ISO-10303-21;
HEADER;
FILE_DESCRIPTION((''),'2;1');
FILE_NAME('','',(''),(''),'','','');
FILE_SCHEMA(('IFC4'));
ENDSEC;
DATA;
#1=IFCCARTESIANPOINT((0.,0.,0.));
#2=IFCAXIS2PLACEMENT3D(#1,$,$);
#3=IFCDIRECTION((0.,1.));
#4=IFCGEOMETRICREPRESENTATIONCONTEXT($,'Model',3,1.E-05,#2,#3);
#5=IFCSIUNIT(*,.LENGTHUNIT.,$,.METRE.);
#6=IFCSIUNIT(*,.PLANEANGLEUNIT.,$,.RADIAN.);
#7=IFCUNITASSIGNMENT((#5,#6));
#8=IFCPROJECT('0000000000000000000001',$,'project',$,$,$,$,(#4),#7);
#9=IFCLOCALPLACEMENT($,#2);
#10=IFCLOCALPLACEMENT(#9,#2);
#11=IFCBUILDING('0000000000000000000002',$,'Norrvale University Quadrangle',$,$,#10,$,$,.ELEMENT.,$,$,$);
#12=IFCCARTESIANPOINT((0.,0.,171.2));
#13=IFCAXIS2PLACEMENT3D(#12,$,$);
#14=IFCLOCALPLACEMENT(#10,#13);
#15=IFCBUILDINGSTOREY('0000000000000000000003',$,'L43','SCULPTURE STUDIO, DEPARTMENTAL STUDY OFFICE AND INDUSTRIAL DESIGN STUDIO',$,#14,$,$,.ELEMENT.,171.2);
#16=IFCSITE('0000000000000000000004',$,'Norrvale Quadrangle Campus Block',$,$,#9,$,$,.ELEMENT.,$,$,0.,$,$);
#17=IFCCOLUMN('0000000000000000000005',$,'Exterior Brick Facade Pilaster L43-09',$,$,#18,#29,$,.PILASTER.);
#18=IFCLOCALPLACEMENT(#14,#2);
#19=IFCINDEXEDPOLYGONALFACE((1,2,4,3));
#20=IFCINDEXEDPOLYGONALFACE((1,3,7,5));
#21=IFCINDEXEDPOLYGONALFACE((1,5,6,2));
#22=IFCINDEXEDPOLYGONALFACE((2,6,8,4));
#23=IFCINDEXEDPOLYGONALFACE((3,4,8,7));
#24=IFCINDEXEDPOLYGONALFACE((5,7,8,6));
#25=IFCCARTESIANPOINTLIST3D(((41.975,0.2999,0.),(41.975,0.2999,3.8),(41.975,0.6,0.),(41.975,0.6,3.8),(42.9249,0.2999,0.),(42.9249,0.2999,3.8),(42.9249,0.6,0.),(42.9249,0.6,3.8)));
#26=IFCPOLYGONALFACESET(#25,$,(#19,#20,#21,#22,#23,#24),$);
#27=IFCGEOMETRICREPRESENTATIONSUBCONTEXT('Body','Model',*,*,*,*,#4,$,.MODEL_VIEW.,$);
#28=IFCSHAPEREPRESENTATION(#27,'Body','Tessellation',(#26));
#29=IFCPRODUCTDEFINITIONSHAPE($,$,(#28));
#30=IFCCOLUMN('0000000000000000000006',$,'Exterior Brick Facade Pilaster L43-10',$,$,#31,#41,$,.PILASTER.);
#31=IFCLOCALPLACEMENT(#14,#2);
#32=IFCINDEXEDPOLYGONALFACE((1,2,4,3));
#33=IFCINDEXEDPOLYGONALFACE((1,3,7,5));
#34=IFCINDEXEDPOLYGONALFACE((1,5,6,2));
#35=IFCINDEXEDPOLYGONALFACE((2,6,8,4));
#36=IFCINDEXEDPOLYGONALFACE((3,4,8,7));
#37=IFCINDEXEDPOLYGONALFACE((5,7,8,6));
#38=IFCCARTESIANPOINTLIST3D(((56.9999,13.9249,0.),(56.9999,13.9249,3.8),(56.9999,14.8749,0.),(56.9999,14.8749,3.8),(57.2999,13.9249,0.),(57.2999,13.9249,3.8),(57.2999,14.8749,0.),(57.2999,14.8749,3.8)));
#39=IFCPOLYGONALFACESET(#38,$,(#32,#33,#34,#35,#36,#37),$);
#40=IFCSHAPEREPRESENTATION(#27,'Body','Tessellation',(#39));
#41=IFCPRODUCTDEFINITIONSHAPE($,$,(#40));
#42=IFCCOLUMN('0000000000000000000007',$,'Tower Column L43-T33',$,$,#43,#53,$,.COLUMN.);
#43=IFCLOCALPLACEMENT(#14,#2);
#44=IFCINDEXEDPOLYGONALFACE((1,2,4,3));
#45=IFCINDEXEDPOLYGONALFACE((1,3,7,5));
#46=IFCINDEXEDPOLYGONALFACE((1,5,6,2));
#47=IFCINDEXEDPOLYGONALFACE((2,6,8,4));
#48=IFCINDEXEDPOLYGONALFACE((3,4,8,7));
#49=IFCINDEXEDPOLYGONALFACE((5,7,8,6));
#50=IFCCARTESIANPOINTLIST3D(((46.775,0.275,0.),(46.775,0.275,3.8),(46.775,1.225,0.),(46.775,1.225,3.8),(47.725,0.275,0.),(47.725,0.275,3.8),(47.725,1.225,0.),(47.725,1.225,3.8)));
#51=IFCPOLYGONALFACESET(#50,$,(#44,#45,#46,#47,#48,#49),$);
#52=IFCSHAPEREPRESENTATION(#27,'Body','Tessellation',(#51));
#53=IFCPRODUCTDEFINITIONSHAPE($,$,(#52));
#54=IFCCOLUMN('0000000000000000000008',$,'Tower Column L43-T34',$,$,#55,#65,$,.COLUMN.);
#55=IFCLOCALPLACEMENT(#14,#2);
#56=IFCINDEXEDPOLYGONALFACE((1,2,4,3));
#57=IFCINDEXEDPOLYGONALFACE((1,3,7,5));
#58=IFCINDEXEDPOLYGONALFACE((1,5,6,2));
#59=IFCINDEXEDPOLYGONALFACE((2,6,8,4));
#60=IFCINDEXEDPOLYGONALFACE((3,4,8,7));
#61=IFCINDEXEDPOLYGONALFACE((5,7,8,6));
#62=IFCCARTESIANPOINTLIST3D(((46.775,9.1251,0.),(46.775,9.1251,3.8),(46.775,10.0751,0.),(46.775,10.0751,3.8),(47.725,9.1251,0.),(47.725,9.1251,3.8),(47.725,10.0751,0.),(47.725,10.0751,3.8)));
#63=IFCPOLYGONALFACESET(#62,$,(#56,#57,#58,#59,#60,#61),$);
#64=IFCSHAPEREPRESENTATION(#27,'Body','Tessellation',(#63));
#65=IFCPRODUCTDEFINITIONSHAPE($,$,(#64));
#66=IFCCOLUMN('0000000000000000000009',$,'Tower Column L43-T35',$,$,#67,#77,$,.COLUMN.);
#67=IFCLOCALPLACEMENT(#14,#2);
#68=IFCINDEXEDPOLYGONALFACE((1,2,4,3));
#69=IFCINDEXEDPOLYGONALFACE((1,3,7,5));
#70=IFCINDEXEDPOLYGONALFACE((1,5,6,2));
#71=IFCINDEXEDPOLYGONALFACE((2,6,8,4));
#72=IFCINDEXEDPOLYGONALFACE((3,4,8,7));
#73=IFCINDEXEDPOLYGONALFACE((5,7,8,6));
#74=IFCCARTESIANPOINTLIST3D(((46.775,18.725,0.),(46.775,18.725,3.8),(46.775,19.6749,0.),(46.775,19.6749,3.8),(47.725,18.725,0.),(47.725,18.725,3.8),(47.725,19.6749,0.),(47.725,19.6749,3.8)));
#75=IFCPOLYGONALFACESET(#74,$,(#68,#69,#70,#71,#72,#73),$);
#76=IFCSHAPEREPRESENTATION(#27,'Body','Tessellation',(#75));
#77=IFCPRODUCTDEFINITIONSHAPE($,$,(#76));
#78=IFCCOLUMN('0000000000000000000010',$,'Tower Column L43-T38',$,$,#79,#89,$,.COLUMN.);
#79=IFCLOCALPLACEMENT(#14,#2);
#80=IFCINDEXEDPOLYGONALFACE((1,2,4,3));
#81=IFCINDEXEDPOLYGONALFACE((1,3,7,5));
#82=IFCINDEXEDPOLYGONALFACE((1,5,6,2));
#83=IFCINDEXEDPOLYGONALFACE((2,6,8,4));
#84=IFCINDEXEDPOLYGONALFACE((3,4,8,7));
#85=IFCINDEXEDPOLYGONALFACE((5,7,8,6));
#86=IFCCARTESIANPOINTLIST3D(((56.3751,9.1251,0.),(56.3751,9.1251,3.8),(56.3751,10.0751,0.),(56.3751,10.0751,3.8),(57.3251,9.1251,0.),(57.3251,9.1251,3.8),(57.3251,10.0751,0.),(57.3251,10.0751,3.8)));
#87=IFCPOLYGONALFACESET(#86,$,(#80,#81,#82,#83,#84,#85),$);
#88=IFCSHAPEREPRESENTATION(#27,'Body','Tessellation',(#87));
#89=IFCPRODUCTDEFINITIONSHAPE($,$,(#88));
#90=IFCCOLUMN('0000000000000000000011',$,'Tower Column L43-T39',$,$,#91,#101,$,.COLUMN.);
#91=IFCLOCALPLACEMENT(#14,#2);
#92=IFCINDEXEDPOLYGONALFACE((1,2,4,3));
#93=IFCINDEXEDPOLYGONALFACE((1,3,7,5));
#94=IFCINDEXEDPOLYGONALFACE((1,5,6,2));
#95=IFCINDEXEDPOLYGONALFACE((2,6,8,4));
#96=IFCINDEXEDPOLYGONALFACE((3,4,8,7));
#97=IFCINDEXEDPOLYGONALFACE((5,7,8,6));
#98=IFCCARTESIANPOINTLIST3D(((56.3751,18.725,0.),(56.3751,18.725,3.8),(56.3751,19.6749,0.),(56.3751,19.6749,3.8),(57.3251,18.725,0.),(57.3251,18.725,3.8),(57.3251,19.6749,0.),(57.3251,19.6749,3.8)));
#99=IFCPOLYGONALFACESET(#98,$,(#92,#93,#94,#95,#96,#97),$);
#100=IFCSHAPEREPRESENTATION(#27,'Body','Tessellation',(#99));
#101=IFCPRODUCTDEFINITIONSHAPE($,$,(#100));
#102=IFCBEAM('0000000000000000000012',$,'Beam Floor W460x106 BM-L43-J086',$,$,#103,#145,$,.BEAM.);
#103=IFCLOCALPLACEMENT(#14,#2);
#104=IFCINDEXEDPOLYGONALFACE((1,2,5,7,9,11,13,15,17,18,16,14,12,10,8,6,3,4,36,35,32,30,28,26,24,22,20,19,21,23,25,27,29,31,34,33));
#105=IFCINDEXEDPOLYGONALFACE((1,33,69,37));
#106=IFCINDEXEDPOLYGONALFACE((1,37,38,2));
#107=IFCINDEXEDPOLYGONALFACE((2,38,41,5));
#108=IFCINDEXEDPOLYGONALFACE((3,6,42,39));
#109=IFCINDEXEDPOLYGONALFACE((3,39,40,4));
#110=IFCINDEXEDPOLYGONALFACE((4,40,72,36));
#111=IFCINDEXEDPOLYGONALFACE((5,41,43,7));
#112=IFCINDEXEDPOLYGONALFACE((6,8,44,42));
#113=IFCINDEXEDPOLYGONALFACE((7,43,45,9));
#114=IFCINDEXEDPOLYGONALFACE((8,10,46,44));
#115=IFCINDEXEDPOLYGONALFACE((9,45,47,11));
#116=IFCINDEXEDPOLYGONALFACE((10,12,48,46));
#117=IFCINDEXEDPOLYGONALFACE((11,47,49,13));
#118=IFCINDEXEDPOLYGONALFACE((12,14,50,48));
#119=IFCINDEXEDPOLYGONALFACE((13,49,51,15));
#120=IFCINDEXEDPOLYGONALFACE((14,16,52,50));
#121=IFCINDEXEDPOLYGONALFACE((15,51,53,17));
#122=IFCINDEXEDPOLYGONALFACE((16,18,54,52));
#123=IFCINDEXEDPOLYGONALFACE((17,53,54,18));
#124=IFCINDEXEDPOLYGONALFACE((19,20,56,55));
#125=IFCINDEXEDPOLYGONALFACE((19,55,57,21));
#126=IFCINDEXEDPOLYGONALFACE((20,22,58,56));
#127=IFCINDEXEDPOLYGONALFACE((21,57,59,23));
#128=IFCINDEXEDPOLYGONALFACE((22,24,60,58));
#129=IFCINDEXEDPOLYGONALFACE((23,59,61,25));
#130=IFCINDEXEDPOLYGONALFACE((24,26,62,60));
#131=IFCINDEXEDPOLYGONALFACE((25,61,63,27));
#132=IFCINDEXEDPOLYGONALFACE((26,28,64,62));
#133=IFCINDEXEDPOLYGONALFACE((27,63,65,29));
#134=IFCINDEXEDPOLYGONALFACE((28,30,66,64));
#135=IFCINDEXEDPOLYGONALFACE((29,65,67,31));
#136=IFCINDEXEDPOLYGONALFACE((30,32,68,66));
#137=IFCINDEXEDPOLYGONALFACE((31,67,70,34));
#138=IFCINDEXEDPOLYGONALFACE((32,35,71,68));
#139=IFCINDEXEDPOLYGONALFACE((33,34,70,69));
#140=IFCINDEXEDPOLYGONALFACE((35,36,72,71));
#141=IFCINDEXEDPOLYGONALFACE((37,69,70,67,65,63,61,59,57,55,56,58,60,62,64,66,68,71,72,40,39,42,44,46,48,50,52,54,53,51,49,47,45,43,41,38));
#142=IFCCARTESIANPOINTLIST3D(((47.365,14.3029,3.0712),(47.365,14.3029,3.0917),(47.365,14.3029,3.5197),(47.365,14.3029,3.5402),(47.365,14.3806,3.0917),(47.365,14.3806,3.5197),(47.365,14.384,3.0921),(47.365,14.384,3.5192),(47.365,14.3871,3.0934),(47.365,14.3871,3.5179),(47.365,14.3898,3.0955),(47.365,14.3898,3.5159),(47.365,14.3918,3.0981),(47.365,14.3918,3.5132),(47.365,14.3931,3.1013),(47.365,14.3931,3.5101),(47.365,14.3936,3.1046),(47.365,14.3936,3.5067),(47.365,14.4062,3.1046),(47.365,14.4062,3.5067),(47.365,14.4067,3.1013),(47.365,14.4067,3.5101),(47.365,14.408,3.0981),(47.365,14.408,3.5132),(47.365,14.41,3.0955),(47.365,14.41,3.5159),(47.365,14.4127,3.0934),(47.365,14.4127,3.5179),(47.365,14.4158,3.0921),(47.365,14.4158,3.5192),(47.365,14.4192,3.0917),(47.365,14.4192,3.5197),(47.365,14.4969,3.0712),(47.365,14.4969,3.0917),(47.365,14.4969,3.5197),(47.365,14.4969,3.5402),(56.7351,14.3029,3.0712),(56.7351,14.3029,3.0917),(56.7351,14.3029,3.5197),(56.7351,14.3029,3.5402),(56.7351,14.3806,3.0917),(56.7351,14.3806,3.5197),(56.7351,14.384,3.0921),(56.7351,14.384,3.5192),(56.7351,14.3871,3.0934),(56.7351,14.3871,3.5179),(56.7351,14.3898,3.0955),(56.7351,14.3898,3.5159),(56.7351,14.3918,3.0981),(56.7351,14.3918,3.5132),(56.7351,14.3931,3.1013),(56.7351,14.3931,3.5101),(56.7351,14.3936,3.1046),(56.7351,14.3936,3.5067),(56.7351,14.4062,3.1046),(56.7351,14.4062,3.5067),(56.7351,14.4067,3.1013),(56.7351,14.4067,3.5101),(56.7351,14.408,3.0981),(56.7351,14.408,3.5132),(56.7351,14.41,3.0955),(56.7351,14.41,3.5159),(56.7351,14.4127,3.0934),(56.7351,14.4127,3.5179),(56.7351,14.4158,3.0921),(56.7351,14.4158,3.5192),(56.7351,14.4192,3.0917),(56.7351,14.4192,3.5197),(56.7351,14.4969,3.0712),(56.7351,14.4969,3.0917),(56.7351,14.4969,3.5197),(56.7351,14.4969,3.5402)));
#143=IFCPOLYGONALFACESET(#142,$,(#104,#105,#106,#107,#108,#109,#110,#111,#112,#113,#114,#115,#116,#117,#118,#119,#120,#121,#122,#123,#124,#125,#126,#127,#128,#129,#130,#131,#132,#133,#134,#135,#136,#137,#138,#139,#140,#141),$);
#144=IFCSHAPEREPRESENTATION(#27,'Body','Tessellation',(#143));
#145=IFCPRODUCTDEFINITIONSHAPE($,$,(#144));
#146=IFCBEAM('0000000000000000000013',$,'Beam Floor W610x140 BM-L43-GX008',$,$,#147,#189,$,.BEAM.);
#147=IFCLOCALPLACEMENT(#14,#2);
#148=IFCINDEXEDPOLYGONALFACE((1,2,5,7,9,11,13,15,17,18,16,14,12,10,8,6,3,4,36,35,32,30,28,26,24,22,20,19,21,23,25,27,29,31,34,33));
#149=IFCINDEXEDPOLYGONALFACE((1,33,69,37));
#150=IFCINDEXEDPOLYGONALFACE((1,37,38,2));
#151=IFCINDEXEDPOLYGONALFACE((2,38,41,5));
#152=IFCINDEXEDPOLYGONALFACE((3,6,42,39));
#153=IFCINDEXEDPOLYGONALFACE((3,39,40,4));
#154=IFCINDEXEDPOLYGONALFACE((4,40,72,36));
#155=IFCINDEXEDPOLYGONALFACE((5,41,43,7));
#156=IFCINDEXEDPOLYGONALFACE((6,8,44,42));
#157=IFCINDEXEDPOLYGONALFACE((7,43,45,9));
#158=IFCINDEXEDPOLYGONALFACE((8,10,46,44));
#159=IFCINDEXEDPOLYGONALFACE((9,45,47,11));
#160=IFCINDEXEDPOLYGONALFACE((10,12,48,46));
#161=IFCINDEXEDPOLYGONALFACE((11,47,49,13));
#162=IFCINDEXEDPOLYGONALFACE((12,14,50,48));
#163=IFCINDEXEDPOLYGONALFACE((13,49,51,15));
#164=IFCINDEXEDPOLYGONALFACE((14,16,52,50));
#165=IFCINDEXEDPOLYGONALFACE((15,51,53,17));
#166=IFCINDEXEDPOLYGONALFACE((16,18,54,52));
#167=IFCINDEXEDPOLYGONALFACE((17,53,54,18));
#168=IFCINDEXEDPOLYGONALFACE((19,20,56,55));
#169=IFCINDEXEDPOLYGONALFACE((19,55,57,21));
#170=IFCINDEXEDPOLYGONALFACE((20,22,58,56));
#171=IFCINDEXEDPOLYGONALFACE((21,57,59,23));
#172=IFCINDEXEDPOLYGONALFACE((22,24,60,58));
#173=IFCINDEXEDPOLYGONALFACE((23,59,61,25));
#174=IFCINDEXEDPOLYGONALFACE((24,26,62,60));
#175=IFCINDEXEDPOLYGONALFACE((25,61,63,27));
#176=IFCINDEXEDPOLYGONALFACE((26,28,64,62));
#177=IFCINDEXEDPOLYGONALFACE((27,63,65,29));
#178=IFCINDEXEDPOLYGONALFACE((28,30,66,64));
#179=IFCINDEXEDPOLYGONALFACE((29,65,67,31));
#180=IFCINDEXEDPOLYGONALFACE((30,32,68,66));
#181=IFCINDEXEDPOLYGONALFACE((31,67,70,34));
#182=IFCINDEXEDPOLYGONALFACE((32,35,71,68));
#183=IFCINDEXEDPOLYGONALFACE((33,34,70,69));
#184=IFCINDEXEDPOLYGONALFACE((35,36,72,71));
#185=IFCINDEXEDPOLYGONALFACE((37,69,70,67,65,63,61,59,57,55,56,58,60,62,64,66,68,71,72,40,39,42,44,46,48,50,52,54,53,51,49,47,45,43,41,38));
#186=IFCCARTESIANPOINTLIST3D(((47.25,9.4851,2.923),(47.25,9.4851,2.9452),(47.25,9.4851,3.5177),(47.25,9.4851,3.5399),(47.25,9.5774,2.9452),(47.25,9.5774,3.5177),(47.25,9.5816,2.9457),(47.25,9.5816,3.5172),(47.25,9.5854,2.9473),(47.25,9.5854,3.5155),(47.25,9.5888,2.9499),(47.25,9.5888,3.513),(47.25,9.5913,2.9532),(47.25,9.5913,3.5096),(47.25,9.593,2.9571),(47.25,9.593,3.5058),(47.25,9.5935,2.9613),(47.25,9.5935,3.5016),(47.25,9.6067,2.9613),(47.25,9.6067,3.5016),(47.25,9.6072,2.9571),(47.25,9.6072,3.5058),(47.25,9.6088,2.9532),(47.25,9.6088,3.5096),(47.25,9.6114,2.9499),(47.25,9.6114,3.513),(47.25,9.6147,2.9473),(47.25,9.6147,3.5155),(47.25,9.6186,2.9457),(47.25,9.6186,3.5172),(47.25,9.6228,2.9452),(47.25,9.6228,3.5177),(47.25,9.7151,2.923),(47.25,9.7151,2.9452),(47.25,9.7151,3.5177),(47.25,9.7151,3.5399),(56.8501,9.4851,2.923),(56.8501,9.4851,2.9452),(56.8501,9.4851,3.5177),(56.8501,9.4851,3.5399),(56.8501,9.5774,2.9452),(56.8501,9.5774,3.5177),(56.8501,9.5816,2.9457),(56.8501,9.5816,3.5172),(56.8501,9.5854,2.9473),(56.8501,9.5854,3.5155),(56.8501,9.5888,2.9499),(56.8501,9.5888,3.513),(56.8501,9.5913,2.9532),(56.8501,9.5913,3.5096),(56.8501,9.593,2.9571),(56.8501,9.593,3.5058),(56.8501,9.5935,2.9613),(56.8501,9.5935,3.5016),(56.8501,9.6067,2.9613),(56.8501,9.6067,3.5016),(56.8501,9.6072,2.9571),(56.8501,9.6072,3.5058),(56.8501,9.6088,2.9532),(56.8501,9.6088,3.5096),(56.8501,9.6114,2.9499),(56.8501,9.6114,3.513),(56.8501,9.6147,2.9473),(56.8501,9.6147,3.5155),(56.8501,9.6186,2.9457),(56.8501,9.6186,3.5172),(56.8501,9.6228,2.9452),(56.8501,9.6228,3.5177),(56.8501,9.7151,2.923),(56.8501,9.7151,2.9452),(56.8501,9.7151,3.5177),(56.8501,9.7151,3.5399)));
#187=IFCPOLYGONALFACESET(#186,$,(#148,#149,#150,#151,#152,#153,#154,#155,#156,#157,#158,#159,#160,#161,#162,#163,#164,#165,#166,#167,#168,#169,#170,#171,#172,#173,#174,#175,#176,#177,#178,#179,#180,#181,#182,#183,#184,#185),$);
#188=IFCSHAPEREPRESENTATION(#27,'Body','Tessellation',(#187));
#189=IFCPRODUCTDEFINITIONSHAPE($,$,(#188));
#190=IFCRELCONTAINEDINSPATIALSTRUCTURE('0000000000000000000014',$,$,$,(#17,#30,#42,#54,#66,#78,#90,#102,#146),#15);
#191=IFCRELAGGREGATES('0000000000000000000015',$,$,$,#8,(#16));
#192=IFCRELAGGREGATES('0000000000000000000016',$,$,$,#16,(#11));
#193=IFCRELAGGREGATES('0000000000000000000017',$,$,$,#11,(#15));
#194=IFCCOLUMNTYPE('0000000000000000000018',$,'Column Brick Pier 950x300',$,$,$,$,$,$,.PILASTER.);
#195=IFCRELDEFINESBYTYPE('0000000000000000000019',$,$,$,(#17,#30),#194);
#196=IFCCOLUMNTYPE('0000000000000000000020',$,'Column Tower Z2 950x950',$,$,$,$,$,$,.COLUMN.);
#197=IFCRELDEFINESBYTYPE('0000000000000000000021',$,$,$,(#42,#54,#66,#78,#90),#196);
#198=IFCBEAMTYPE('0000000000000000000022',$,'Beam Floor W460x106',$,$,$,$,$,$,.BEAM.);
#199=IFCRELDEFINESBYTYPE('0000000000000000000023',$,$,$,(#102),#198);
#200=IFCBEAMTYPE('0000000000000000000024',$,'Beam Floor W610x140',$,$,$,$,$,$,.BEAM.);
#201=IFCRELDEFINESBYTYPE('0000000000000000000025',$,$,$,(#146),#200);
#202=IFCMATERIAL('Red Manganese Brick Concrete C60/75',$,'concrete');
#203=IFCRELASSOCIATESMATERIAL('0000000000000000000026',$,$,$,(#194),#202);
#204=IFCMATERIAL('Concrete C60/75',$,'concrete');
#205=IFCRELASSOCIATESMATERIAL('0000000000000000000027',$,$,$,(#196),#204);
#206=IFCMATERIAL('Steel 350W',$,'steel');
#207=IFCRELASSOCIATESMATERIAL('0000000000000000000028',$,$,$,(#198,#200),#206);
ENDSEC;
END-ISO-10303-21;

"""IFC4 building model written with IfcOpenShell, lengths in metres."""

from ifc_helpers import new_model, si_unit, direction, frame, origin, origin_2d, place, context, subcontext, project, spatial, rectangle, i_section, extrude, material, material_profile, profile_set, type_object, element, save


model = new_model("IFC4")

# Units and contexts
model_context = context("Model", 3, precision=1e-05, world=origin(), true_north=direction((0.0, 1.0)))
body_context = subcontext(model_context, "Body", "Model", "MODEL_VIEW")
ifc_project = project(units=[si_unit("LENGTHUNIT", "METRE"), si_unit("PLANEANGLEUNIT", "RADIAN")], contexts=[model_context])

# Site, building, storey
site_placement = place(None, origin())
site = spatial("IfcSite", under=ifc_project, at=site_placement, Name="Norrvale Quadrangle Campus Block", CompositionType="ELEMENT", RefElevation=0.0)
building_placement = place(site_placement, origin())
building = spatial("IfcBuilding", under=site, at=building_placement, Name="Norrvale University Quadrangle", CompositionType="ELEMENT")
storey_placement = place(building_placement, frame((0.0, 0.0, 171.2)))
storey = spatial("IfcBuildingStorey", under=building, at=storey_placement, Name="L43", Description="SCULPTURE STUDIO, DEPARTMENTAL STUDY OFFICE AND INDUSTRIAL DESIGN STUDIO", CompositionType="ELEMENT", Elevation=171.2)

# Columns
ifc_material_1 = material(Name="Red Manganese Brick Concrete C60/75", Category="concrete")
ifc_material_profile_1 = material_profile(ifc_material_1, rectangle(XDim=0.95, YDim=0.3, at=origin_2d()), Name="Red Manganese Brick Concrete C60/75")
ifc_profile_set_1 = profile_set([ifc_material_profile_1], Name="Red Manganese Brick Concrete C60/75")
column_type_1 = type_object("IfcColumnType", Name="Column Brick Pier 950x300", PredefinedType="PILASTER", material=ifc_profile_set_1)
for number, where, z_axis, x_axis, name in (
    (1, (42.45, 0.45, 0.0), (0.0, 0.0, 1.0), (1.0, 0.0, 0.0), "Exterior Brick Facade Pilaster L43-09"),
    (2, (57.1499, 14.3999, 0.0), (0.0, 0.0, 1.0), (0.0, 1.0, 0.0), "Exterior Brick Facade Pilaster L43-10"),
):
    element("IfcColumn", number, at=place(storey_placement, frame(where, z_axis=z_axis, x_axis=x_axis)), inside=storey, type_object=column_type_1, Name=name, PredefinedType="PILASTER", context=body_context, shape_type="SweptSolid", body=[
        extrude(rectangle(XDim=0.95, YDim=0.3, at=origin_2d()), origin(), (0.0, 0.0, 1.0), 3.8),
    ])
ifc_material_2 = material(Name="Concrete C60/75", Category="concrete")
ifc_material_profile_2 = material_profile(ifc_material_2, rectangle(XDim=0.95, YDim=0.95, at=origin_2d()), Name="Concrete C60/75")
ifc_profile_set_2 = profile_set([ifc_material_profile_2], Name="Concrete C60/75")
column_type_2 = type_object("IfcColumnType", Name="Column Tower Z2 950x950", PredefinedType="COLUMN", material=ifc_profile_set_2)
for number, where, z_axis, x_axis, name in (
    (3, (47.25, 0.75, 0.0), (0.0, 0.0, 1.0), (1.0, 0.0, 0.0), "Tower Column L43-T33"),
    (4, (47.25, 9.6001, 0.0), (0.0, 0.0, 1.0), (1.0, 0.0, 0.0), "Tower Column L43-T34"),
    (5, (47.25, 19.2, 0.0), (0.0, 0.0, 1.0), (1.0, 0.0, 0.0), "Tower Column L43-T35"),
    (6, (56.8501, 9.6001, 0.0), (0.0, 0.0, 1.0), (1.0, 0.0, 0.0), "Tower Column L43-T38"),
    (7, (56.8501, 19.2, 0.0), (0.0, 0.0, 1.0), (1.0, 0.0, 0.0), "Tower Column L43-T39"),
):
    element("IfcColumn", number, at=place(storey_placement, frame(where, z_axis=z_axis, x_axis=x_axis)), inside=storey, type_object=column_type_2, Name=name, PredefinedType="COLUMN", context=body_context, shape_type="SweptSolid", body=[
        extrude(rectangle(XDim=0.95, YDim=0.95, at=origin_2d()), origin(), (0.0, 0.0, 1.0), 3.8),
    ])

# Beams
ifc_material_3 = material(Name="Steel 350W", Category="steel")
ifc_material_profile_3 = material_profile(ifc_material_3, i_section(OverallWidth=0.1941, OverallDepth=0.469, WebThickness=0.0127, FlangeThickness=0.0205, FilletRadius=0.0129, at=origin_2d()), Name="Steel 350W")
ifc_profile_set_3 = profile_set([ifc_material_profile_3], Name="Steel 350W")
beam_type_1 = type_object("IfcBeamType", Name="Beam Floor W460x106", PredefinedType="BEAM", material=ifc_profile_set_3)
beam_1_placement = place(storey_placement, frame((47.365, 14.3999, 3.3057), z_axis=(1.0, 0.0, 0.0), x_axis=(0.0, 1.0, 0.0)))
element("IfcBeam", 8, at=beam_1_placement, inside=storey, type_object=beam_type_1, Name="Beam Floor W460x106 BM-L43-J086", PredefinedType="BEAM", context=body_context, shape_type="SweptSolid", body=[
    extrude(i_section(OverallWidth=0.1941, OverallDepth=0.469, WebThickness=0.0127, FlangeThickness=0.0205, FilletRadius=0.0129, at=origin_2d()), origin(), (0.0, 0.0, 1.0), 9.3701),
])
ifc_material_profile_4 = material_profile(ifc_material_3, i_section(OverallWidth=0.23, OverallDepth=0.6169, WebThickness=0.0132, FlangeThickness=0.0222, FilletRadius=0.0161, at=origin_2d()), Name="Steel 350W")
ifc_profile_set_4 = profile_set([ifc_material_profile_4], Name="Steel 350W")
beam_type_2 = type_object("IfcBeamType", Name="Beam Floor W610x140", PredefinedType="BEAM", material=ifc_profile_set_4)
for number, where, z_axis, x_axis, name in (
    (9, (47.25, 9.6001, 3.2314), (1.0, 0.0, 0.0), (0.0, 1.0, 0.0), "Beam Floor W610x140 BM-L43-GX008"),
):
    element("IfcBeam", number, at=place(storey_placement, frame(where, z_axis=z_axis, x_axis=x_axis)), inside=storey, type_object=beam_type_2, Name=name, PredefinedType="BEAM", context=body_context, shape_type="SweptSolid", body=[
        extrude(i_section(OverallWidth=0.23, OverallDepth=0.6169, WebThickness=0.0132, FlangeThickness=0.0222, FilletRadius=0.0161, at=origin_2d()), origin(), (0.0, 0.0, 1.0), 9.6001),
    ])

save(model, "model.ifc")
